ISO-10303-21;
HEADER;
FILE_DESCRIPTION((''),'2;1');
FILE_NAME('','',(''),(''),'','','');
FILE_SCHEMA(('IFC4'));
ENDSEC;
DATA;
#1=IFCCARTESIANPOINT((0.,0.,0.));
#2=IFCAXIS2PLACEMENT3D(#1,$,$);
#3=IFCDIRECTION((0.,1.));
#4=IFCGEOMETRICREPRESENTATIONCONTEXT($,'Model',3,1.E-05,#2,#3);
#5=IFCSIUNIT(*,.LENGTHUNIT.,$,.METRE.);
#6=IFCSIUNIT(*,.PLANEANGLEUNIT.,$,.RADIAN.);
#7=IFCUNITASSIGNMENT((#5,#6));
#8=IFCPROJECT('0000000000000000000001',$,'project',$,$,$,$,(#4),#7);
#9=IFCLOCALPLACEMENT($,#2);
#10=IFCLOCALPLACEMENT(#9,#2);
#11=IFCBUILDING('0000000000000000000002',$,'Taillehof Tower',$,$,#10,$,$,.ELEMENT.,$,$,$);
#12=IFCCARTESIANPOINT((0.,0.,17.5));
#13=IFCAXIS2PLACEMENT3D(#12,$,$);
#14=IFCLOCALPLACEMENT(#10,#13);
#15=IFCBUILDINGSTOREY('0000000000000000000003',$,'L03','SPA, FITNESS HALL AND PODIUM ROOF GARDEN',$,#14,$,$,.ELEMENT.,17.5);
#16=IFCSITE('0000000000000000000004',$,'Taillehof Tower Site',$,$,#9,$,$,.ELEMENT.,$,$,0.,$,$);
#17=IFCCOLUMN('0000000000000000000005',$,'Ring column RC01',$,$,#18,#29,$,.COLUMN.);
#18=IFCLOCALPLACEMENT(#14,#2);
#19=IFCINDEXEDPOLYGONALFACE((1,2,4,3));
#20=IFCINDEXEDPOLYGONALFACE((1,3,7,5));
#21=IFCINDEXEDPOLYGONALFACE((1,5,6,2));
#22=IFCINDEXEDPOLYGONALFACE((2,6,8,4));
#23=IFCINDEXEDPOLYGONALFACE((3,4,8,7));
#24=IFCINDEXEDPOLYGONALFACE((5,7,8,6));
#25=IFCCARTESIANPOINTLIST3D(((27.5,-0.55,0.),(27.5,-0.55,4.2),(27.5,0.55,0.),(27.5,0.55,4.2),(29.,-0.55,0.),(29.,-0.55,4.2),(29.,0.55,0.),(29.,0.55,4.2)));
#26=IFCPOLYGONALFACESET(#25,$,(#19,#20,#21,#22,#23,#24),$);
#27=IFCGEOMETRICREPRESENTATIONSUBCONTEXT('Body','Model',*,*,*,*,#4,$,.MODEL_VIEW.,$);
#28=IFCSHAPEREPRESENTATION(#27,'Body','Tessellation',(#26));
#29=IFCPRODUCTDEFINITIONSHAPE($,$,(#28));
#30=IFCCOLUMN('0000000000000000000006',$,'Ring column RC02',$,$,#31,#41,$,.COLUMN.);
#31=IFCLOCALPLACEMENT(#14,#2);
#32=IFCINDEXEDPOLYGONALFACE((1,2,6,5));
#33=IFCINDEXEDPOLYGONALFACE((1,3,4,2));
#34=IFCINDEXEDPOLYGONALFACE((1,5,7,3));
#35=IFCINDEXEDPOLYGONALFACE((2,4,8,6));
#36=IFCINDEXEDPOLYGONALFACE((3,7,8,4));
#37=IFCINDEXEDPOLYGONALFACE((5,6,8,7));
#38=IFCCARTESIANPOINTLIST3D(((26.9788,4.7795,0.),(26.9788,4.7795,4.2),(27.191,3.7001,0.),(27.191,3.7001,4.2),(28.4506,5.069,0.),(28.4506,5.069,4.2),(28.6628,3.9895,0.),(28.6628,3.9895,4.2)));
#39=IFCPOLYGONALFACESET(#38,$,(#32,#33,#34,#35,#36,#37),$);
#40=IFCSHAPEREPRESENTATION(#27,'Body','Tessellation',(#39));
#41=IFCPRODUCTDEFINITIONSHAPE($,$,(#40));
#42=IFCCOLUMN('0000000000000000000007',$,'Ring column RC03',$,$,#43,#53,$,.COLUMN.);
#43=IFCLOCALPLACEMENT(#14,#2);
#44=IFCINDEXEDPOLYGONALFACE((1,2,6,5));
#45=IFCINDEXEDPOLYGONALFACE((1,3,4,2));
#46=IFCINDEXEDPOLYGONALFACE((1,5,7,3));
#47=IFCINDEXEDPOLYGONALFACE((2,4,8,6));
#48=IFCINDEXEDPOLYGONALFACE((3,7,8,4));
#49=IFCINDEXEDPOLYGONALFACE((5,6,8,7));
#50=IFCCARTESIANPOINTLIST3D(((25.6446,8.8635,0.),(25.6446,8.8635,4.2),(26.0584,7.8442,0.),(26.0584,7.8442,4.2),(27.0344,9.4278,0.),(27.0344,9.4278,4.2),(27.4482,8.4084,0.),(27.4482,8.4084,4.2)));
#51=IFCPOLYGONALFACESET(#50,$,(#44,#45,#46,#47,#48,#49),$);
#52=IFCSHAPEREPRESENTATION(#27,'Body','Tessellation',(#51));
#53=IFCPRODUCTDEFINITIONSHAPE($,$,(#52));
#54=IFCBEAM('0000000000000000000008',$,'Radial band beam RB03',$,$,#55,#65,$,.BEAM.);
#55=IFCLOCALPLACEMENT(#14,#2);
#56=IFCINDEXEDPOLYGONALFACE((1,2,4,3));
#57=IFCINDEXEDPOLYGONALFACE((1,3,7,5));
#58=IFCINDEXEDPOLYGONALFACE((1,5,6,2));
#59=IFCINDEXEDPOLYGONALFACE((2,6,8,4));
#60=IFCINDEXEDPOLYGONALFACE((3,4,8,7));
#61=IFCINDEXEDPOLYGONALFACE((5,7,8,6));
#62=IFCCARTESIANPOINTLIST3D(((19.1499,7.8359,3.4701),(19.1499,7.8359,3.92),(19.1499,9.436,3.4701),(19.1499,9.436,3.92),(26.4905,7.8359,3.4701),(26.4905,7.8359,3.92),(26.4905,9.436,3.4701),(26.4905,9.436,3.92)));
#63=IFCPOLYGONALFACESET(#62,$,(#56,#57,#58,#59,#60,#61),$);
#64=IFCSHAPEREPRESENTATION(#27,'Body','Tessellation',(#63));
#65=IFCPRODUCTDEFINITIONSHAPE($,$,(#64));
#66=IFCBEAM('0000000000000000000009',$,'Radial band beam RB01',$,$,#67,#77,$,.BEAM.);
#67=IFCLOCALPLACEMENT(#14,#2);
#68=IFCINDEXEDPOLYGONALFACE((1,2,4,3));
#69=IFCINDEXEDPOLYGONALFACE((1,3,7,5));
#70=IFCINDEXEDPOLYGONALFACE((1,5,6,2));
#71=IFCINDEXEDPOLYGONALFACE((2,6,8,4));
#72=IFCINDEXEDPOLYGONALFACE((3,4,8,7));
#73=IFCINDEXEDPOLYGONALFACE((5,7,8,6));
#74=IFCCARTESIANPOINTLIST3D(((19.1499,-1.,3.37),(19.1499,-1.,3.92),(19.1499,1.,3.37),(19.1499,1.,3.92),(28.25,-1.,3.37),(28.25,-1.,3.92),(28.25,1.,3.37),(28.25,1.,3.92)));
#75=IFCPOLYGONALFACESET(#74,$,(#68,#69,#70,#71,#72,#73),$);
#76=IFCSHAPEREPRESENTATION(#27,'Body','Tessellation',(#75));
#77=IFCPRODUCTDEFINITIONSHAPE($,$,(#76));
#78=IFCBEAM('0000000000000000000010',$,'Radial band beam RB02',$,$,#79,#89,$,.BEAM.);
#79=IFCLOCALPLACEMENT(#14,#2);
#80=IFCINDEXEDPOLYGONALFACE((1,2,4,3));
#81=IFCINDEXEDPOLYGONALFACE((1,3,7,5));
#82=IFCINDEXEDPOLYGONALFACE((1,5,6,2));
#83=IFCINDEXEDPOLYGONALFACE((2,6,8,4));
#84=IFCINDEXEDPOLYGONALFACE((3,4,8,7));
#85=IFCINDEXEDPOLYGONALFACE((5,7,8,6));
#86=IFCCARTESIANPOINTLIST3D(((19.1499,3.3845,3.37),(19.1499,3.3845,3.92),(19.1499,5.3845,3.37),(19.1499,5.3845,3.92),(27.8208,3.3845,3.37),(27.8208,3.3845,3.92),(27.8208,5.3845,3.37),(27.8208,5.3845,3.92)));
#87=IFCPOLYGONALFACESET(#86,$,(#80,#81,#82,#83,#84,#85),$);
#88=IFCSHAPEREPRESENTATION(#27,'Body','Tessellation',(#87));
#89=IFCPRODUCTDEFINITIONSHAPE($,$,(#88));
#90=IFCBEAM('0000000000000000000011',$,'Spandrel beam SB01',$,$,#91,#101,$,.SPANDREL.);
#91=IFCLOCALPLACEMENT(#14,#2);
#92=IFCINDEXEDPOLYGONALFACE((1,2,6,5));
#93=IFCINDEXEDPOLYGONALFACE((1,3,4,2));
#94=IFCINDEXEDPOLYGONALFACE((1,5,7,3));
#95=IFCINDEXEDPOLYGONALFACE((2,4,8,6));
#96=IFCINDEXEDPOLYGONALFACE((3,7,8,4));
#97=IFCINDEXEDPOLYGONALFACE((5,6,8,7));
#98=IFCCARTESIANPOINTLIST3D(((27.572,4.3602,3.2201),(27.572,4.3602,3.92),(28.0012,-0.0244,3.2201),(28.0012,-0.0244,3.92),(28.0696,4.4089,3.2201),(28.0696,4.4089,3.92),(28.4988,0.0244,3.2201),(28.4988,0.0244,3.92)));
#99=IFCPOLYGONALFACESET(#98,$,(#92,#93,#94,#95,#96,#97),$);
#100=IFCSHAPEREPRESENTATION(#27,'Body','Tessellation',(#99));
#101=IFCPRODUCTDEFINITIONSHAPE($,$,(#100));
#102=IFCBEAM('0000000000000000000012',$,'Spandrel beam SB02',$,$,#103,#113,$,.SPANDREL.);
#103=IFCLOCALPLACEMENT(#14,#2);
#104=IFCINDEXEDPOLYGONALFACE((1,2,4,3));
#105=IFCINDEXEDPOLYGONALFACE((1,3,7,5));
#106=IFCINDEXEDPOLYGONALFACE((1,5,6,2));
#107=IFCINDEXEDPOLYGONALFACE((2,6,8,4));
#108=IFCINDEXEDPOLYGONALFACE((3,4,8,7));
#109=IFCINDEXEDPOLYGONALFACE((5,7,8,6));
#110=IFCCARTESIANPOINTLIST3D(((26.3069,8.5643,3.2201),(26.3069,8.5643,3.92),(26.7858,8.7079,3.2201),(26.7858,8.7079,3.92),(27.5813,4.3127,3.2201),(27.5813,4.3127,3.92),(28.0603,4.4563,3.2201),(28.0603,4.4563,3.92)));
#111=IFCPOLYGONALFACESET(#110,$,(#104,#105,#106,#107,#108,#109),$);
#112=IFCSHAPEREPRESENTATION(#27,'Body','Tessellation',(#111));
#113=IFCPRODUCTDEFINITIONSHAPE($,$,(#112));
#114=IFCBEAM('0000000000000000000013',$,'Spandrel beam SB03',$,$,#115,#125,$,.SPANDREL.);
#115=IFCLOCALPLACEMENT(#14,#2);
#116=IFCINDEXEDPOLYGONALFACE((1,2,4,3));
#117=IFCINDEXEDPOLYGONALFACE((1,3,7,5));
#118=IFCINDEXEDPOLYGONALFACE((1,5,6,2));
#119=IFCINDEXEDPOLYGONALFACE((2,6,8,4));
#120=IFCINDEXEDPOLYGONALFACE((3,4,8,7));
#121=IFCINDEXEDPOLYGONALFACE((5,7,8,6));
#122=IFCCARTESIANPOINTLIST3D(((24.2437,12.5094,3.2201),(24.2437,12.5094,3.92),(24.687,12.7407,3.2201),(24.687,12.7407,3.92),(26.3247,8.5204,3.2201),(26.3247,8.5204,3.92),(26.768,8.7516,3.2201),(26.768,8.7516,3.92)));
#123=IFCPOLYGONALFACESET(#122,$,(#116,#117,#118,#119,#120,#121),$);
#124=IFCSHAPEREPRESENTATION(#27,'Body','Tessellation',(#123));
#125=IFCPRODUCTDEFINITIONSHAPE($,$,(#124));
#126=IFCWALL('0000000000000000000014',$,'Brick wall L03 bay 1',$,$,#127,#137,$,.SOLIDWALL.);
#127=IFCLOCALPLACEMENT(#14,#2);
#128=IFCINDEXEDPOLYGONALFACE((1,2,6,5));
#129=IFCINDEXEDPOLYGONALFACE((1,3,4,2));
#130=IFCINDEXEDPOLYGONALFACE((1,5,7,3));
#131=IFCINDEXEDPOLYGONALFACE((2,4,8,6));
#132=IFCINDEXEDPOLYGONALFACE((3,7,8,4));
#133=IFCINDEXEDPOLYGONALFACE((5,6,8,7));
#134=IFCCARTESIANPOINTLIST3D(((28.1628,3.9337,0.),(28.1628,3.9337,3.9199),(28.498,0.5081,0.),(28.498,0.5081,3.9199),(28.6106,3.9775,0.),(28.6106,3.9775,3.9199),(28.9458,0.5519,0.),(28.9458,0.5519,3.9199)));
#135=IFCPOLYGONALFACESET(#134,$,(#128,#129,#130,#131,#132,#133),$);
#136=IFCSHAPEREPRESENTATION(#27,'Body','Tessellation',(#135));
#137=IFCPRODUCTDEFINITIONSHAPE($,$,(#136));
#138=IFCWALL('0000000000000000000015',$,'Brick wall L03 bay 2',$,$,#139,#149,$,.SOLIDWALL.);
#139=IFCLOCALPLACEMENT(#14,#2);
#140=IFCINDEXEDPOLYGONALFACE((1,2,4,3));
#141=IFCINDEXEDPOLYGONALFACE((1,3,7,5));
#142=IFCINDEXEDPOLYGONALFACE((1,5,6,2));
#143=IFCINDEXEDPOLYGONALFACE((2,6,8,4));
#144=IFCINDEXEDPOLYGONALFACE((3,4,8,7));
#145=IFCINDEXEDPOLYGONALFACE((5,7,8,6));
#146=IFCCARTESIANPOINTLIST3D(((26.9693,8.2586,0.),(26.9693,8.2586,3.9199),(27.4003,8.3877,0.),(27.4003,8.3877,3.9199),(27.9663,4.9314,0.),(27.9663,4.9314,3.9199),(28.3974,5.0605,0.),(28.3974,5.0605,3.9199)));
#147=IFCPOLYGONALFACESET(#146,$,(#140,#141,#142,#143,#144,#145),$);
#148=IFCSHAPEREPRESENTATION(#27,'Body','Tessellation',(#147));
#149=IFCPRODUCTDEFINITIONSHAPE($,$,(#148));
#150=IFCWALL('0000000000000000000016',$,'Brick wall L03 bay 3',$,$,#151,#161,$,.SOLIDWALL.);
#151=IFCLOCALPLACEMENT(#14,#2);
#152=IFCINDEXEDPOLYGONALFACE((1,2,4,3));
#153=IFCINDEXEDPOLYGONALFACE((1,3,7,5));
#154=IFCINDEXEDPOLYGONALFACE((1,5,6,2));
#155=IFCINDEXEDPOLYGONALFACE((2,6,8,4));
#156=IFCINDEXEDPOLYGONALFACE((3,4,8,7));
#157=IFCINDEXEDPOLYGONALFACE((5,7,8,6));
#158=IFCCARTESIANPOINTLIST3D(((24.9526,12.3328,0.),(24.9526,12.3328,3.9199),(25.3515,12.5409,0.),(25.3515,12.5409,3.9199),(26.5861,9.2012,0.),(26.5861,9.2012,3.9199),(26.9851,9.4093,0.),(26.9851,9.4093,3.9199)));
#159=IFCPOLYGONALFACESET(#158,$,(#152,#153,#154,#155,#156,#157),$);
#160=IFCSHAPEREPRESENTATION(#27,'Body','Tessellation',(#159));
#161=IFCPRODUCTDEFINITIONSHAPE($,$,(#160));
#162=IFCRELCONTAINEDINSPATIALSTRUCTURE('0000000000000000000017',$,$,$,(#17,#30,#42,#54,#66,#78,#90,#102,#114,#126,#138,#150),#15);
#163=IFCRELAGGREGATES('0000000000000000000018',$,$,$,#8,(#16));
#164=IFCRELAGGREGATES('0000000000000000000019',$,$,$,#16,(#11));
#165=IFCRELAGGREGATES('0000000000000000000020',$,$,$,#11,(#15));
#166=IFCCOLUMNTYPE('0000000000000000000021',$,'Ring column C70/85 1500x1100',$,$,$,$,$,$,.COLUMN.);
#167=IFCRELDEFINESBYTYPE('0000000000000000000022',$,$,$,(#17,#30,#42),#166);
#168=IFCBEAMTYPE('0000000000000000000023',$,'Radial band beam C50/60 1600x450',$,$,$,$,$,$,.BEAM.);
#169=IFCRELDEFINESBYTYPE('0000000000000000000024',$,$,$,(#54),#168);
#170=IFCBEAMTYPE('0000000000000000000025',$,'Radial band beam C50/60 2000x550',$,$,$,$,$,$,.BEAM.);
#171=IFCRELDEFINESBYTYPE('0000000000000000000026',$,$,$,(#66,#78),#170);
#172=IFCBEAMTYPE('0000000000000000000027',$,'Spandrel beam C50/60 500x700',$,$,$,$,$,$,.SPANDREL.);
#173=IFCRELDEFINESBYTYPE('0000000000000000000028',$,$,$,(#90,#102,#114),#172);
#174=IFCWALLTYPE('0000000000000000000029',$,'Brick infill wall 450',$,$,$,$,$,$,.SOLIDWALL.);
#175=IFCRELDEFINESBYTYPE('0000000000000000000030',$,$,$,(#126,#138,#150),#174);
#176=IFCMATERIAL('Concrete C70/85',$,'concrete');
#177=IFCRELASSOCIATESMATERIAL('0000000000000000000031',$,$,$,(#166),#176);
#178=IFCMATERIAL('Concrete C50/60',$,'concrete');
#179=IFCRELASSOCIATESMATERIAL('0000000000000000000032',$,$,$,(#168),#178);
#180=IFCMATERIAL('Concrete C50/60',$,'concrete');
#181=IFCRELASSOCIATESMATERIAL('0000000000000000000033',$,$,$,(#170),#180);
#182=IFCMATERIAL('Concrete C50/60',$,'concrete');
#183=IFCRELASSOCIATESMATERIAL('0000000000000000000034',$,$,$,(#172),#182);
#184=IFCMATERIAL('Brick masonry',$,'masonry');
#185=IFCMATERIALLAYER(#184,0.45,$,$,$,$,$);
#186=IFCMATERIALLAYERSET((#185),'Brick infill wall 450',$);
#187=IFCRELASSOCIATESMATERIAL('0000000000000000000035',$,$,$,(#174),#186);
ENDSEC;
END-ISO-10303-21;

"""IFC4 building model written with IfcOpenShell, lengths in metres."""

from ifc_helpers import new_model, si_unit, direction, frame, frame_2d, origin, origin_2d, place, context, subcontext, project, spatial, rectangle, extrude, material, layer, layer_set, material_profile, profile_set, type_object, element, save


model = new_model("IFC4")

# Units and contexts
model_context = context("Model", 3, precision=1e-05, world=origin(), true_north=direction((0.0, 1.0)))
body_context = subcontext(model_context, "Body", "Model", "MODEL_VIEW")
ifc_project = project(units=[si_unit("LENGTHUNIT", "METRE"), si_unit("PLANEANGLEUNIT", "RADIAN")], contexts=[model_context])

# Site, building, storey
site_placement = place(None, origin())
site = spatial("IfcSite", under=ifc_project, at=site_placement, Name="Taillehof Tower Site", CompositionType="ELEMENT", RefElevation=0.0)
building_placement = place(site_placement, origin())
building = spatial("IfcBuilding", under=site, at=building_placement, Name="Taillehof Tower", CompositionType="ELEMENT")
storey_placement = place(building_placement, frame((0.0, 0.0, 17.5)))
storey = spatial("IfcBuildingStorey", under=building, at=storey_placement, Name="L03", Description="SPA, FITNESS HALL AND PODIUM ROOF GARDEN", CompositionType="ELEMENT", Elevation=17.5)

# Columns
ifc_material_1 = material(Name="Concrete C70/85", Category="concrete")
ifc_material_profile_1 = material_profile(ifc_material_1, rectangle(XDim=1.5, YDim=1.1001, at=origin_2d()), Name="RC 1500x1100")
ifc_profile_set_1 = profile_set([ifc_material_profile_1], Name="Concrete C70/85")
column_type = type_object("IfcColumnType", Name="Ring column C70/85 1500x1100", PredefinedType="COLUMN", material=ifc_profile_set_1)
for number, where, z_axis, x_axis, name in (
    (1, (28.25, 0.0, 0.0), (0.0, 0.0, 1.0), (1.0, 0.0, 0.0), "Ring column RC01"),
    (2, (27.8208, 4.3845, 0.0), (0.0, 0.0, 1.0), (0.981204, 0.192976, 0.0), "Ring column RC02"),
    (3, (26.5464, 8.636, 0.0), (0.0, 0.0, 1.0), (0.926558, 0.376152, 0.0), "Ring column RC03"),
):
    element("IfcColumn", number, at=place(storey_placement, frame(where, z_axis=z_axis, x_axis=x_axis)), inside=storey, type_object=column_type, Name=name, PredefinedType="COLUMN", context=body_context, shape_type="SweptSolid", body=[
        extrude(rectangle(XDim=1.5, YDim=1.1001, at=origin_2d()), origin(), (0.0, 0.0, 1.0), 4.2),
    ])

# Beams
ifc_material_2 = material(Name="Concrete C50/60", Category="concrete")
ifc_material_profile_2 = material_profile(ifc_material_2, rectangle(XDim=1.6001, YDim=0.45, at=origin_2d()), Name="RC 1600x450")
ifc_profile_set_2 = profile_set([ifc_material_profile_2], Name="Concrete C50/60")
beam_type_1 = type_object("IfcBeamType", Name="Radial band beam C50/60 1600x450", PredefinedType="BEAM", material=ifc_profile_set_2)
beam_1_placement = place(storey_placement, frame((26.4905, 8.636, 3.6951), z_axis=(-1.0, 0.0, 0.0), x_axis=(0.0, -1.0, 0.0)))
element("IfcBeam", 4, at=beam_1_placement, inside=storey, type_object=beam_type_1, Name="Radial band beam RB03", PredefinedType="BEAM", context=body_context, shape_type="SweptSolid", body=[
    extrude(rectangle(XDim=1.6001, YDim=0.45, at=origin_2d()), origin(), (0.0, 0.0, 1.0), 7.3406),
])
ifc_material_3 = material(Name="Concrete C50/60", Category="concrete")
ifc_material_profile_3 = material_profile(ifc_material_3, rectangle(XDim=2.0, YDim=0.55, at=origin_2d()), Name="RC 2000x550")
ifc_profile_set_3 = profile_set([ifc_material_profile_3], Name="Concrete C50/60")
beam_type_2 = type_object("IfcBeamType", Name="Radial band beam C50/60 2000x550", PredefinedType="BEAM", material=ifc_profile_set_3)
beam_2_placement = place(storey_placement, frame((28.25, 0.0, 3.645), z_axis=(-1.0, 0.0, 0.0), x_axis=(0.0, -1.0, 0.0)))
element("IfcBeam", 5, at=beam_2_placement, inside=storey, type_object=beam_type_2, Name="Radial band beam RB01", PredefinedType="BEAM", context=body_context, shape_type="SweptSolid", body=[
    extrude(rectangle(XDim=2.0, YDim=0.55, at=origin_2d()), origin(), (0.0, 0.0, 1.0), 9.1001),
])
beam_3_placement = place(storey_placement, frame((27.8208, 4.3845, 3.645), z_axis=(-1.0, 0.0, 0.0), x_axis=(0.0, -1.0, 0.0)))
element("IfcBeam", 6, at=beam_3_placement, inside=storey, type_object=beam_type_2, Name="Radial band beam RB02", PredefinedType="BEAM", context=body_context, shape_type="SweptSolid", body=[
    extrude(rectangle(XDim=2.0, YDim=0.55, at=origin_2d()), origin(), (0.0, 0.0, 1.0), 8.6709),
])
ifc_material_4 = material(Name="Concrete C50/60", Category="concrete")
ifc_material_profile_4 = material_profile(ifc_material_4, rectangle(XDim=0.5, YDim=0.7, at=origin_2d()), Name="RC 500x700")
ifc_profile_set_4 = profile_set([ifc_material_profile_4], Name="Concrete C50/60")
beam_type_3 = type_object("IfcBeamType", Name="Spandrel beam C50/60 500x700", PredefinedType="SPANDREL", material=ifc_profile_set_4)
beam_4_placement = place(storey_placement, frame((28.25, 0.0, 3.5701), z_axis=(-0.097424, 0.995243, 0.0), x_axis=(-0.995243, -0.097424, 0.0)))
element("IfcBeam", 7, at=beam_4_placement, inside=storey, type_object=beam_type_3, Name="Spandrel beam SB01", PredefinedType="SPANDREL", context=body_context, shape_type="SweptSolid", body=[
    extrude(rectangle(XDim=0.5, YDim=0.7, at=origin_2d()), origin(), (0.0, 0.0, 1.0), 4.4055),
])
beam_5_placement = place(storey_placement, frame((27.8208, 4.3845, 3.5701), z_axis=(-0.287136, 0.95789, 0.0), x_axis=(-0.95789, -0.287136, 0.0)))
element("IfcBeam", 8, at=beam_5_placement, inside=storey, type_object=beam_type_3, Name="Spandrel beam SB02", PredefinedType="SPANDREL", context=body_context, shape_type="SweptSolid", body=[
    extrude(rectangle(XDim=0.5, YDim=0.7, at=origin_2d()), origin(), (0.0, 0.0, 1.0), 4.4385),
])
beam_6_placement = place(storey_placement, frame((26.5464, 8.636, 3.5701), z_axis=(-0.462536, 0.8866, 0.0), x_axis=(-0.8866, -0.462536, 0.0)))
element("IfcBeam", 9, at=beam_6_placement, inside=storey, type_object=beam_type_3, Name="Spandrel beam SB03", PredefinedType="SPANDREL", context=body_context, shape_type="SweptSolid", body=[
    extrude(rectangle(XDim=0.5, YDim=0.7, at=origin_2d()), origin(), (0.0, 0.0, 1.0), 4.4993),
])

# Walls
ifc_material_5 = material(Name="Brick masonry", Category="masonry")
ifc_layer_1 = layer(ifc_material_5, 0.45)
ifc_layer_set_1 = layer_set([ifc_layer_1], Name="Brick infill wall 450")
wall_type_1 = type_object("IfcWallType", Name="Brick infill wall 450", PredefinedType="SOLIDWALL", material=ifc_layer_set_1)
wall_1_placement = place(storey_placement, frame((28.7219, 0.53, 0.0), z_axis=(0.0, 0.0, 1.0), x_axis=(-0.09739, 0.995246, 0.0)))
element("IfcWall", 10, at=wall_1_placement, inside=storey, type_object=wall_type_1, Name="Brick wall L03 bay 1", PredefinedType="SOLIDWALL", context=body_context, shape_type="SweptSolid", body=[
    extrude(rectangle(XDim=3.4419, YDim=0.45, at=frame_2d((1.7209, 0.0))), origin(), (0.0, 0.0, 1.0), 3.9199),
])
wall_2_placement = place(storey_placement, frame((28.1819, 4.9958, 0.0), z_axis=(0.0, 0.0, 1.0), x_axis=(-0.287064, 0.957911, 0.0)))
element("IfcWall", 11, at=wall_2_placement, inside=storey, type_object=wall_type_1, Name="Brick wall L03 bay 2", PredefinedType="SOLIDWALL", context=body_context, shape_type="SweptSolid", body=[
    extrude(rectangle(XDim=3.4734, YDim=0.45, at=frame_2d((1.7368, 0.0))), origin(), (0.0, 0.0, 1.0), 3.9199),
])
wall_3_placement = place(storey_placement, frame((26.7856, 9.3052, 0.0), z_axis=(0.0, 0.0, 1.0), x_axis=(-0.462493, 0.886623, 0.0)))
element("IfcWall", 12, at=wall_3_placement, inside=storey, type_object=wall_type_1, Name="Brick wall L03 bay 3", PredefinedType="SOLIDWALL", context=body_context, shape_type="SweptSolid", body=[
    extrude(rectangle(XDim=3.532, YDim=0.45, at=frame_2d((1.7661, 0.0))), origin(), (0.0, 0.0, 1.0), 3.9199),
])

save(model, "model.ifc")
